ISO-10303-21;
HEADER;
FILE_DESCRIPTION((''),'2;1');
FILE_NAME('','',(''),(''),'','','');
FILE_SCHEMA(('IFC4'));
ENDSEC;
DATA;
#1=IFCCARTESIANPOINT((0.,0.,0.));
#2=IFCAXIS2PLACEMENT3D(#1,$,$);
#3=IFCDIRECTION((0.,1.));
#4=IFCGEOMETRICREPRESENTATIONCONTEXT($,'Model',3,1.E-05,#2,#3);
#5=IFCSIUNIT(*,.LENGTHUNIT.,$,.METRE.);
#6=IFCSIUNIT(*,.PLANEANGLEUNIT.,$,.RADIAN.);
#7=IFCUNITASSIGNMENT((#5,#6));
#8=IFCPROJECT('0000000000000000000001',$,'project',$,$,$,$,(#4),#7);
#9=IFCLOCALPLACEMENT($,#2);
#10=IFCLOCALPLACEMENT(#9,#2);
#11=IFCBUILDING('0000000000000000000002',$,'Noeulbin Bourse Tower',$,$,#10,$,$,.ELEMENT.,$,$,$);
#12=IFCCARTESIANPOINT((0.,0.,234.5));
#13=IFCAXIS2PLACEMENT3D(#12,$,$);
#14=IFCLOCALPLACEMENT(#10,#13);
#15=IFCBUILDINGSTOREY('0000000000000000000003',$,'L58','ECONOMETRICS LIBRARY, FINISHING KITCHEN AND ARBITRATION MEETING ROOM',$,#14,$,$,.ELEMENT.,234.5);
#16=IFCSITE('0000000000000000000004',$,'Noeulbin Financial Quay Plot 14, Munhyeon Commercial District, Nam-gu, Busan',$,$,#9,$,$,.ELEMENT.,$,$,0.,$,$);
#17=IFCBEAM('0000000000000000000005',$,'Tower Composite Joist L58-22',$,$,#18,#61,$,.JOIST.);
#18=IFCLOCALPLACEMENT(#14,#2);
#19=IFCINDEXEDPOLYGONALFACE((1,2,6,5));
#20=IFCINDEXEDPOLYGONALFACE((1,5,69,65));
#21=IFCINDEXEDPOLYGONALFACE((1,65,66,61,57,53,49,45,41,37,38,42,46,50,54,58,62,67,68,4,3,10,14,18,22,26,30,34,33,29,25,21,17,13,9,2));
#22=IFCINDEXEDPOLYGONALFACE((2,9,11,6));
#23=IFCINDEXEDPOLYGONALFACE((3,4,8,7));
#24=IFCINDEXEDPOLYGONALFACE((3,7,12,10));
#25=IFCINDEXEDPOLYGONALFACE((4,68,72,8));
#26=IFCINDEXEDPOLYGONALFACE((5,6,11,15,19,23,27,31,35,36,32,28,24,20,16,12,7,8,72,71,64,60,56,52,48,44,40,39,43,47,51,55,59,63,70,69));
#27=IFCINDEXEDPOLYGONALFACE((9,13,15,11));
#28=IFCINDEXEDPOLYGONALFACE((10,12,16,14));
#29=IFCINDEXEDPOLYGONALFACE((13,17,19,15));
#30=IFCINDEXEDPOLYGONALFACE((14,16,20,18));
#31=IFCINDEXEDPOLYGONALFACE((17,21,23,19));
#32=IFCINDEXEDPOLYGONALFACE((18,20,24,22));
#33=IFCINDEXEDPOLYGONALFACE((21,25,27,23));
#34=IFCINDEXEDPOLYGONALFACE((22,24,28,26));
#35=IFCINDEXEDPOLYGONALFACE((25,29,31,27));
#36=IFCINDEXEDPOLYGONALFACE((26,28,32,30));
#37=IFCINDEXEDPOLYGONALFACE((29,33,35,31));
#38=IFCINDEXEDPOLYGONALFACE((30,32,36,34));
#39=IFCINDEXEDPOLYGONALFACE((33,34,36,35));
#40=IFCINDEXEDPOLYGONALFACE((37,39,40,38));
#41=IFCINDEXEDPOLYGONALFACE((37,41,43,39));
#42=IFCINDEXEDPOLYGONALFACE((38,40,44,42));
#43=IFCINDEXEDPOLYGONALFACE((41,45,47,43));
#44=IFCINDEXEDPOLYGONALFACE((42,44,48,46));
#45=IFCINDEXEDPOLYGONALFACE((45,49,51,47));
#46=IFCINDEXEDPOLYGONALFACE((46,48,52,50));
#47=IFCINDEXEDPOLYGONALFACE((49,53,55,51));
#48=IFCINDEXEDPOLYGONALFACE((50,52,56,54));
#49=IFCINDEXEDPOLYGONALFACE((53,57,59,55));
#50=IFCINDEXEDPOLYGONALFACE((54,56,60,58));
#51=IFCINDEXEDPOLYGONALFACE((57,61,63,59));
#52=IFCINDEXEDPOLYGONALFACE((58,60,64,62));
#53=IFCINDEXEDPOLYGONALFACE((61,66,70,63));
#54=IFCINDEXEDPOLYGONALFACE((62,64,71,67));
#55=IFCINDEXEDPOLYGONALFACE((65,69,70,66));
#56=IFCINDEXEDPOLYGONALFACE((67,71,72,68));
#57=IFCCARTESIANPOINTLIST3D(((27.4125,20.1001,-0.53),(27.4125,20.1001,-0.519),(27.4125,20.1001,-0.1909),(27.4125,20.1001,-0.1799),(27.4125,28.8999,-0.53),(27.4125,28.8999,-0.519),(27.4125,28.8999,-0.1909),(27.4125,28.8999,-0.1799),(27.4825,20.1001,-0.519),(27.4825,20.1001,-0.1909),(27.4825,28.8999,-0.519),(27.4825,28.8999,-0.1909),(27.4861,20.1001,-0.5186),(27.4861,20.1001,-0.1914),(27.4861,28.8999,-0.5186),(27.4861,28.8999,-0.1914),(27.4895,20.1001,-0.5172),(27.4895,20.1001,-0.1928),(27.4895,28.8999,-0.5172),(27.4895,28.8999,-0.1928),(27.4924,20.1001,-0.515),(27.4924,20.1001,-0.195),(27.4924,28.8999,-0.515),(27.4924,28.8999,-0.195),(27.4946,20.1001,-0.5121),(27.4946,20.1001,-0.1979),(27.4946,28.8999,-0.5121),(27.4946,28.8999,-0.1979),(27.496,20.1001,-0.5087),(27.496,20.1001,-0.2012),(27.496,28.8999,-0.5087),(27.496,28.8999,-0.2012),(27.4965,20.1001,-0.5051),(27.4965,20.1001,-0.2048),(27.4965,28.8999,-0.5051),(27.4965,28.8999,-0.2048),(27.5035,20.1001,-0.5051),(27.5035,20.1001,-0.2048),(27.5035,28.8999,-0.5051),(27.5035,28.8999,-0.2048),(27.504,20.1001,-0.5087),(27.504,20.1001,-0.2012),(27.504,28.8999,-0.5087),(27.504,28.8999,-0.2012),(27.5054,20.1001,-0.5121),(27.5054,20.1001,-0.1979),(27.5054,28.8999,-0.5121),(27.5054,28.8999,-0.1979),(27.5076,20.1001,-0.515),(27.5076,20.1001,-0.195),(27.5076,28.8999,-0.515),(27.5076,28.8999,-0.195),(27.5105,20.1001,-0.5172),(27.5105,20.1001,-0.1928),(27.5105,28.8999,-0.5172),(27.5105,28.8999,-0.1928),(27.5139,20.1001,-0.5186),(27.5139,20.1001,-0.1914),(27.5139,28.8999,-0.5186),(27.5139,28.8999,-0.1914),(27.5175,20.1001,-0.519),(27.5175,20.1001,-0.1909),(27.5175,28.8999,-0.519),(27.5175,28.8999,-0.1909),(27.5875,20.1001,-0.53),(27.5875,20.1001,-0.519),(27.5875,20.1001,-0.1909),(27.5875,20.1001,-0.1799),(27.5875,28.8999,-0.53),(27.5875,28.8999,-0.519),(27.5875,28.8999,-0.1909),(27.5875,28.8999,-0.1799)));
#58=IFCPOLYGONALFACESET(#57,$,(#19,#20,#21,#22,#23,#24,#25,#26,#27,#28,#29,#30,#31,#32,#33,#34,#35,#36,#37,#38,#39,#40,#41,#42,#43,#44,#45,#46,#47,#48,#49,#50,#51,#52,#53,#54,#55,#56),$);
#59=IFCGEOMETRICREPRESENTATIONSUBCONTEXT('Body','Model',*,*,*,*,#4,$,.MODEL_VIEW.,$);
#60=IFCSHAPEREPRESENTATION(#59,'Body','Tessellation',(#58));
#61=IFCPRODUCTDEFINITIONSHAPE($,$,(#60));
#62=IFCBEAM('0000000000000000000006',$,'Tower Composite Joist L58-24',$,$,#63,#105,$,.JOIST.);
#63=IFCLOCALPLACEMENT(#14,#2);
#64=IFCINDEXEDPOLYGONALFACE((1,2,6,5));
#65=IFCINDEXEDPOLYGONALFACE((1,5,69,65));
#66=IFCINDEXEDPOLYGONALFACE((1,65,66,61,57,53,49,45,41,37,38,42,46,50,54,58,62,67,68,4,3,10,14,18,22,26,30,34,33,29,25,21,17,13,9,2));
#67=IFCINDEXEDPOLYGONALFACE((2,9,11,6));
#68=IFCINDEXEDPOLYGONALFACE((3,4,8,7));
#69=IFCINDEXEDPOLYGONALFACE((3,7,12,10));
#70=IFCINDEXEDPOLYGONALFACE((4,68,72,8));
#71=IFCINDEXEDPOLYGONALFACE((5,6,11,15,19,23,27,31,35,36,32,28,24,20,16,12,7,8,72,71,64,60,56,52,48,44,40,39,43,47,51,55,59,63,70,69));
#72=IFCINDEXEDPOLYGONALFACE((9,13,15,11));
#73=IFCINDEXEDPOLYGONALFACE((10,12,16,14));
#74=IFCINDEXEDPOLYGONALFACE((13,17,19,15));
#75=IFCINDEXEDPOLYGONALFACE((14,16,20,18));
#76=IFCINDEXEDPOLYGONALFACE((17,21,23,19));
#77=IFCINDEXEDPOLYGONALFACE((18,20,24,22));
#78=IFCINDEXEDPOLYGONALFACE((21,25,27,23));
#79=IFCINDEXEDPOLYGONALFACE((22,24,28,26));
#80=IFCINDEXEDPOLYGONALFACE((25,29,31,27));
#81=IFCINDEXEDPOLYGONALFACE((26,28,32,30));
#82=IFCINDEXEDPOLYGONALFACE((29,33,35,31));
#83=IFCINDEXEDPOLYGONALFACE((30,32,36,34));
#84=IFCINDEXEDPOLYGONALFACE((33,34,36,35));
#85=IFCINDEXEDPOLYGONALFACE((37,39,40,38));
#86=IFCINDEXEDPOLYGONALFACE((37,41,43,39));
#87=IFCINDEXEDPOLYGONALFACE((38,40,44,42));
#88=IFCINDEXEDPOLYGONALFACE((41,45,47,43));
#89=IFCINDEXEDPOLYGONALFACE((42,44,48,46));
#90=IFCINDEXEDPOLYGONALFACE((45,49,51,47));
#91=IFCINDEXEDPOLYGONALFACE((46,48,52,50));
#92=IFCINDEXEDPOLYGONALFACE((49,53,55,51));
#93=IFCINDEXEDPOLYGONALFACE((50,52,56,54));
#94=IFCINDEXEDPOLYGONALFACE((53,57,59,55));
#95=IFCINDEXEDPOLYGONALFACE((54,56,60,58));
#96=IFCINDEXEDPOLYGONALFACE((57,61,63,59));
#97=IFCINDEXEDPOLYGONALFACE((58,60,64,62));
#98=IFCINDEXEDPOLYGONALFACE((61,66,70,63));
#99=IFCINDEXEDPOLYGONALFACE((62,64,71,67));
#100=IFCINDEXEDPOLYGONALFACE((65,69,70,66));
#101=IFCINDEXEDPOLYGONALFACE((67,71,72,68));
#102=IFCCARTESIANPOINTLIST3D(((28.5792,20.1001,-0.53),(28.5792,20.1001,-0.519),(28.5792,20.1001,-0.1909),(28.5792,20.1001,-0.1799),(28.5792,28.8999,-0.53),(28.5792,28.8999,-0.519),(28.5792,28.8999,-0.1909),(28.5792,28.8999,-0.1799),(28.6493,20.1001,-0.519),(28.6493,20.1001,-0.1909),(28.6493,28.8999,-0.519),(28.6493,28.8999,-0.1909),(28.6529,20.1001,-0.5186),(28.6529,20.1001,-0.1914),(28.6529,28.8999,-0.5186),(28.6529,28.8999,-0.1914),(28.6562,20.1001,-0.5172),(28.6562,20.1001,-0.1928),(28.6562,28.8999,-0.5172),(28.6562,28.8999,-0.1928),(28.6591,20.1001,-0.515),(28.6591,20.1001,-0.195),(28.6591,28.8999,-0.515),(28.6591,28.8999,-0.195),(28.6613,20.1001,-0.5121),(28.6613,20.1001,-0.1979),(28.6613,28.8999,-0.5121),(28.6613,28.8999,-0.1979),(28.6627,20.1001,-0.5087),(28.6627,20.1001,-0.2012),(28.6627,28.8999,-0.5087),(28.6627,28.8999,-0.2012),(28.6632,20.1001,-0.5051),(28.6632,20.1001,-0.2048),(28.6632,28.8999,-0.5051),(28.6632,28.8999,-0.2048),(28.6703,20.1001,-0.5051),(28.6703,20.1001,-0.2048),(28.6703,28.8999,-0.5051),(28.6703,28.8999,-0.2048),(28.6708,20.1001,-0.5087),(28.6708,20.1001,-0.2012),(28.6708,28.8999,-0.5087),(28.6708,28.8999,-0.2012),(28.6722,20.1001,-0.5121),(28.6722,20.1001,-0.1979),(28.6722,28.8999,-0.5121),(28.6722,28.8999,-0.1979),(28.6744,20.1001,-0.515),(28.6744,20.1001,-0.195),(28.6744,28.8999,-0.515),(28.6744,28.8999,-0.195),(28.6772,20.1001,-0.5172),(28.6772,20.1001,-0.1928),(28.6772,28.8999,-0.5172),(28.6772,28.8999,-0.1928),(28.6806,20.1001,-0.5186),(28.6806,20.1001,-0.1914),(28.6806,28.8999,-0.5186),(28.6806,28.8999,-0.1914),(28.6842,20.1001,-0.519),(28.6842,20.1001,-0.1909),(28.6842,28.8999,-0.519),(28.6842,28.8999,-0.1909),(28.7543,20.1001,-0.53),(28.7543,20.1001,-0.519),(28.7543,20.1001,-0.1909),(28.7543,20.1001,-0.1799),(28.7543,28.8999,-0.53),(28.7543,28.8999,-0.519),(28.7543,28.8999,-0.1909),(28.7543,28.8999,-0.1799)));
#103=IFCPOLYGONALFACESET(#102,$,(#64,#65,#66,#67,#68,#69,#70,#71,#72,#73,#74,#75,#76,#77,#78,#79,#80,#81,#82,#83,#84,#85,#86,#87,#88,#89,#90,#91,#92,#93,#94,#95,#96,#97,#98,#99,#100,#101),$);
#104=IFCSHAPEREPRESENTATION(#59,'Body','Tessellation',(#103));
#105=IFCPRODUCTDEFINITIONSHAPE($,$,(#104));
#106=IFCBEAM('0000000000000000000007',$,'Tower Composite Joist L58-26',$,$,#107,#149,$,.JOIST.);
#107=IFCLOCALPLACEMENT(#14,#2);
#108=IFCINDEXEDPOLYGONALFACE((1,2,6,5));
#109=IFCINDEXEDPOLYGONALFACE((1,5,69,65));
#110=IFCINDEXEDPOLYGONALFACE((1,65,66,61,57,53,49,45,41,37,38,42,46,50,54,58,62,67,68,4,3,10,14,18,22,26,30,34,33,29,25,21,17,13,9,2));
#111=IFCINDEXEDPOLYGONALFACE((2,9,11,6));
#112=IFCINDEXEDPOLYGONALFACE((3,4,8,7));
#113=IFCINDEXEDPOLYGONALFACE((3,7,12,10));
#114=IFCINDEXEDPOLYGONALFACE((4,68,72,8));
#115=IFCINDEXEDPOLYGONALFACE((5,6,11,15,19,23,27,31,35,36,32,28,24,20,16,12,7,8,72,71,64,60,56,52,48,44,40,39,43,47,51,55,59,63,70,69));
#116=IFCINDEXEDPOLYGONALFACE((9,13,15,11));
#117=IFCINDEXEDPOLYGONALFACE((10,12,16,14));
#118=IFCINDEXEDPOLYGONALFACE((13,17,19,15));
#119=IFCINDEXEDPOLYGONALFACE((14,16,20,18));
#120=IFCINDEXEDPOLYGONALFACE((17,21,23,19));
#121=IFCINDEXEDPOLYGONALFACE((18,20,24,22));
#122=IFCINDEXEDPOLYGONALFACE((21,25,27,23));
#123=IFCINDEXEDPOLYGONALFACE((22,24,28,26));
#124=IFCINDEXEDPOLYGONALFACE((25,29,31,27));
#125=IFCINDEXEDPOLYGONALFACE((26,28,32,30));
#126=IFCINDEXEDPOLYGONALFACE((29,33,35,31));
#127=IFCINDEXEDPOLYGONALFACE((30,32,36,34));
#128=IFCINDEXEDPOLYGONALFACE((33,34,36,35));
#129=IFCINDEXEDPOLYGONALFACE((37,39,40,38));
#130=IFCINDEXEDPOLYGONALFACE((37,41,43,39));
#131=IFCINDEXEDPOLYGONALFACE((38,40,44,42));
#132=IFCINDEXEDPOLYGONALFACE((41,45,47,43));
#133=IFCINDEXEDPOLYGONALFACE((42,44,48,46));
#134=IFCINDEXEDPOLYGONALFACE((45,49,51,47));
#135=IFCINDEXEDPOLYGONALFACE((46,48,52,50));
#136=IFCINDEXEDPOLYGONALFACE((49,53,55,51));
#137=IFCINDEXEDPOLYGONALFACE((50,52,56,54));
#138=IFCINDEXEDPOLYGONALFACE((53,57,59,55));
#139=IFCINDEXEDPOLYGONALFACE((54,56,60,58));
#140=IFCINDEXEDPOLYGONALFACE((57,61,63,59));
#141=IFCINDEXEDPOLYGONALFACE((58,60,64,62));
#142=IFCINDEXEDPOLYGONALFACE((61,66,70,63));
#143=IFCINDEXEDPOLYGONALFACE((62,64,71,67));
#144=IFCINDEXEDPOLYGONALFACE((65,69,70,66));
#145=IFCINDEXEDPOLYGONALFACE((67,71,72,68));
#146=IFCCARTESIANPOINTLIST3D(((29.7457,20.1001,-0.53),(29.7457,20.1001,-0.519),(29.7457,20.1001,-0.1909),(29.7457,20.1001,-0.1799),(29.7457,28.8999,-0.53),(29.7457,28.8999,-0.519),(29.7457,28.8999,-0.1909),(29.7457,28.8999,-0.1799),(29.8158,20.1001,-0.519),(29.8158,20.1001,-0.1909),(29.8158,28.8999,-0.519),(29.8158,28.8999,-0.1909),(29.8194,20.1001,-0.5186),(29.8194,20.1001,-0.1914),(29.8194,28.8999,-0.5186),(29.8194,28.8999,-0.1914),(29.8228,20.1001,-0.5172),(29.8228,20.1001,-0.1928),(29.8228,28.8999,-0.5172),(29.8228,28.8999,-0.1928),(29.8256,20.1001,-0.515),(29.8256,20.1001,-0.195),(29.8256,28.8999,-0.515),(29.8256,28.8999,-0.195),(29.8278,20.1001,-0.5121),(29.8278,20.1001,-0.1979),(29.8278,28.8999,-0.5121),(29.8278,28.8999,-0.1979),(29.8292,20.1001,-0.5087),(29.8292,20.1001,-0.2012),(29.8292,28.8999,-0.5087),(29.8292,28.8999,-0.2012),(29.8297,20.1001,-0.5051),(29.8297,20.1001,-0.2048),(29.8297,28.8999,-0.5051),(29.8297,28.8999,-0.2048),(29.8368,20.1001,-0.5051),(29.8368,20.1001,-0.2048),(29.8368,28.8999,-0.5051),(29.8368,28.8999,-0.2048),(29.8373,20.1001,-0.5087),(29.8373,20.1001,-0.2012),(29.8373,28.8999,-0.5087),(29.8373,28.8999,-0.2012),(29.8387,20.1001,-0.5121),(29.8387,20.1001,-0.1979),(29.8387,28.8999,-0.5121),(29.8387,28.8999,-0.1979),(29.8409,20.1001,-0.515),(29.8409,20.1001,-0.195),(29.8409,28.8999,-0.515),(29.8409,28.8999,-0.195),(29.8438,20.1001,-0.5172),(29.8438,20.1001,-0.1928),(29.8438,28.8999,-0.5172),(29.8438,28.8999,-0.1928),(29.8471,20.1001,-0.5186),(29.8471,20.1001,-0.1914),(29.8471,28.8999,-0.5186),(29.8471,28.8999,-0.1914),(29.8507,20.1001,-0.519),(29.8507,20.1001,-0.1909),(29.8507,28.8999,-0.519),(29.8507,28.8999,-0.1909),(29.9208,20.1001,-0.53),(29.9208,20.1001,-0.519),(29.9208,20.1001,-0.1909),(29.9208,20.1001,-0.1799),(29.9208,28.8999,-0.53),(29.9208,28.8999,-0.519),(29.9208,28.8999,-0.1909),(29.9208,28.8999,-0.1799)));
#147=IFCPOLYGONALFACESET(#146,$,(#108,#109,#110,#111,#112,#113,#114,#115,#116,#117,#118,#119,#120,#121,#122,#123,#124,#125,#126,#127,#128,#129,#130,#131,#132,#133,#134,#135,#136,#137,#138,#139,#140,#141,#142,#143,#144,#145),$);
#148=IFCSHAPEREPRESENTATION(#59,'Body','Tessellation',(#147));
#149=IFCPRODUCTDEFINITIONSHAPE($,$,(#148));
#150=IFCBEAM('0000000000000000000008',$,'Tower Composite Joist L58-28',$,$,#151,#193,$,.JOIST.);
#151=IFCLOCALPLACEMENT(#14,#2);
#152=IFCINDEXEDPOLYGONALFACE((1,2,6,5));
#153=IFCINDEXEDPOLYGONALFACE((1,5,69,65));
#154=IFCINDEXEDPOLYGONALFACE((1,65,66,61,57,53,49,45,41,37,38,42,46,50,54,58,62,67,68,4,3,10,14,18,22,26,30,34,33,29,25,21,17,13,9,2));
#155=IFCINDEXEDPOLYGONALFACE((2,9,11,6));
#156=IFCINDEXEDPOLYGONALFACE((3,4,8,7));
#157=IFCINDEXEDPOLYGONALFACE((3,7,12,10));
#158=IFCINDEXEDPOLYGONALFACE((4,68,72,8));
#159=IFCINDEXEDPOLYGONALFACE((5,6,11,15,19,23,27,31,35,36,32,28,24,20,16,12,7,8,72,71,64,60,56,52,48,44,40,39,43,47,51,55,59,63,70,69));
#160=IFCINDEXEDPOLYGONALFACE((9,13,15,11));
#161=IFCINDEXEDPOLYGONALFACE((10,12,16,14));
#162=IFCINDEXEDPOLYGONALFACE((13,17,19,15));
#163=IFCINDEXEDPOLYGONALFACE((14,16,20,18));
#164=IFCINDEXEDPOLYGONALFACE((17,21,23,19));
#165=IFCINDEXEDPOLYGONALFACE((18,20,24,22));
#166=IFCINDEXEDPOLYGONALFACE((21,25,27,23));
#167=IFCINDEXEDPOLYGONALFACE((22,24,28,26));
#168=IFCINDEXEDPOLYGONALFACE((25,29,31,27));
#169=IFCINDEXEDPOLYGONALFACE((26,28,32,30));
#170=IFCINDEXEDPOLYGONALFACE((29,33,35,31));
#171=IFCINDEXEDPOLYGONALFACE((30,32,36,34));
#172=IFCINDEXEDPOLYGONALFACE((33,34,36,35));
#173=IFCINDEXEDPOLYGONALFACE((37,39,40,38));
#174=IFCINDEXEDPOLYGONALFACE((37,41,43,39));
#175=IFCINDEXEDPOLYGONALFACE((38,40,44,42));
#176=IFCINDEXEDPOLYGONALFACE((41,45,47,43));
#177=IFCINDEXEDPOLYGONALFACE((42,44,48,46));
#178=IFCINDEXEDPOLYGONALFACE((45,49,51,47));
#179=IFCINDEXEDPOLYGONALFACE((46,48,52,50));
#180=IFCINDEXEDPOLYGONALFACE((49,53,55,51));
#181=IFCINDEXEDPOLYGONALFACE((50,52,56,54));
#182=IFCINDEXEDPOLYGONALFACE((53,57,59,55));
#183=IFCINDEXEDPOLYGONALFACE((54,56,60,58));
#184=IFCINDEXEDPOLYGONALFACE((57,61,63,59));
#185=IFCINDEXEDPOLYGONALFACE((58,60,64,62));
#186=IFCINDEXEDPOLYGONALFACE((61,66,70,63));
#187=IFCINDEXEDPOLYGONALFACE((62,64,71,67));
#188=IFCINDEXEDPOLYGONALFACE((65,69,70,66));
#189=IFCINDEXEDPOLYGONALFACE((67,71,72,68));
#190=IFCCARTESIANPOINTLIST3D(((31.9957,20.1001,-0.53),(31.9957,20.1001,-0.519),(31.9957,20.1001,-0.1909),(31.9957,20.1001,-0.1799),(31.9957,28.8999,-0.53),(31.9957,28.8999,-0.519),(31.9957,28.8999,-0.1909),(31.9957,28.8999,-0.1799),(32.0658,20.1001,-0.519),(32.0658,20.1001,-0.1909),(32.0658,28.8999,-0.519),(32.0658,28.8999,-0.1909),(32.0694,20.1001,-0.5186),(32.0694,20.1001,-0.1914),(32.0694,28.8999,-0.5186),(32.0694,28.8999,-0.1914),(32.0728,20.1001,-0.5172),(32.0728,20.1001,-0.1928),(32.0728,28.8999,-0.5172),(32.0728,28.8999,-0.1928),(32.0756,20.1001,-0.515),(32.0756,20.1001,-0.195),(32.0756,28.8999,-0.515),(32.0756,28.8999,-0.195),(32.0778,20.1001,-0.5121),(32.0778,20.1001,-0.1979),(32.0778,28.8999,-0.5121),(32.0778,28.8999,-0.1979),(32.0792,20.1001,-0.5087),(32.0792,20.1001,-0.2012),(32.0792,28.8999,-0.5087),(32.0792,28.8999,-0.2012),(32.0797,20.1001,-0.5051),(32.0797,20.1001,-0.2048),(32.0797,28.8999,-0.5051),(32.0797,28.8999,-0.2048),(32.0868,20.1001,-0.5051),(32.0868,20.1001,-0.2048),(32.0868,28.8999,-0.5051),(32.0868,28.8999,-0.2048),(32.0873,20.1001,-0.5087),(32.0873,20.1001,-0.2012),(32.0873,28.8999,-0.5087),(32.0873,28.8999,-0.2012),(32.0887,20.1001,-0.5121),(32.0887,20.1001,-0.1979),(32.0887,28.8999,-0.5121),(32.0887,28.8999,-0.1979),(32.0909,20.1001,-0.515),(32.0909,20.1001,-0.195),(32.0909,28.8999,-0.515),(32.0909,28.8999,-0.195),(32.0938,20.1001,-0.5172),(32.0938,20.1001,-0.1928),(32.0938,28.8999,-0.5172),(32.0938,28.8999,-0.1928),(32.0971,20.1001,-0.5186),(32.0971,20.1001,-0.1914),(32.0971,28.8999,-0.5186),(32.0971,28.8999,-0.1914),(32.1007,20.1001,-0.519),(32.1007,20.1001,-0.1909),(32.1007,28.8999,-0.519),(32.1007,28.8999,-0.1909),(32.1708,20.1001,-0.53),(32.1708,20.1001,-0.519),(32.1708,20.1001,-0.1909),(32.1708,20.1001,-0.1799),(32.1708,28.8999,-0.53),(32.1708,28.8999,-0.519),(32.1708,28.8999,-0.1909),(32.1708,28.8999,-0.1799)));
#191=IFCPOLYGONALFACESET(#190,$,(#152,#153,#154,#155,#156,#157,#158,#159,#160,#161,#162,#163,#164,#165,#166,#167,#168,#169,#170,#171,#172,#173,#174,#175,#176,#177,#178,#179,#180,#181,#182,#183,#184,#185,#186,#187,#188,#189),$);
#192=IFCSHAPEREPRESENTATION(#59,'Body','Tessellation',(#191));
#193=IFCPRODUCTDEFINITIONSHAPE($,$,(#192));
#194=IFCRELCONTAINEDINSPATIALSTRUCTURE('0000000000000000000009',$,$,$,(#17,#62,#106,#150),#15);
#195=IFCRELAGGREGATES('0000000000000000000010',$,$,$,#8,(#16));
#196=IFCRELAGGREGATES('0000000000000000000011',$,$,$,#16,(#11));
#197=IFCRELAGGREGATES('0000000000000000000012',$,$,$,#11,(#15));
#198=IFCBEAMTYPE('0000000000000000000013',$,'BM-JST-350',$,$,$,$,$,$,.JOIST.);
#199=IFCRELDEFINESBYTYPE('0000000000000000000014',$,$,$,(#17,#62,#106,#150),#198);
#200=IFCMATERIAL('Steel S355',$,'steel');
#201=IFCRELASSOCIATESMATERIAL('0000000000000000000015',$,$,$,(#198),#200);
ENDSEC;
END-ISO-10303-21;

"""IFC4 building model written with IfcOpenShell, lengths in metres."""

from ifc_helpers import new_model, si_unit, direction, frame, origin, origin_2d, place, context, subcontext, project, spatial, i_section, extrude, material, material_profile, profile_set, type_object, element, save


model = new_model("IFC4")

# Units and contexts
model_context = context("Model", 3, precision=1e-05, world=origin(), true_north=direction((0.0, 1.0)))
body_context = subcontext(model_context, "Body", "Model", "MODEL_VIEW")
ifc_project = project(units=[si_unit("LENGTHUNIT", "METRE"), si_unit("PLANEANGLEUNIT", "RADIAN")], contexts=[model_context])

# Site, building, storey
site_placement = place(None, origin())
site = spatial("IfcSite", under=ifc_project, at=site_placement, Name="Noeulbin Financial Quay Plot 14, Munhyeon Commercial District, Nam-gu, Busan", CompositionType="ELEMENT", RefElevation=0.0)
building_placement = place(site_placement, origin())
building = spatial("IfcBuilding", under=site, at=building_placement, Name="Noeulbin Bourse Tower", CompositionType="ELEMENT")
storey_placement = place(building_placement, frame((0.0, 0.0, 234.5)))
storey = spatial("IfcBuildingStorey", under=building, at=storey_placement, Name="L58", Description="ECONOMETRICS LIBRARY, FINISHING KITCHEN AND ARBITRATION MEETING ROOM", CompositionType="ELEMENT", Elevation=234.5)

# Shared definitions
ifc_material_1 = material(Name="Steel S355", Category="steel")

# Beams
ifc_material_profile_1 = material_profile(ifc_material_1, i_section(OverallWidth=0.175, OverallDepth=0.3501, WebThickness=0.0071, FlangeThickness=0.011, FilletRadius=0.0139, at=origin_2d()), Name="H-350x175x7x11", Category="LoadBearing")
ifc_profile_set_1 = profile_set([ifc_material_profile_1], Name="Steel S355")
beam_type = type_object("IfcBeamType", Name="BM-JST-350", PredefinedType="JOIST", material=ifc_profile_set_1)
for number, where, z_axis, x_axis, name in (
    (1, (27.5, 20.1001, -0.355), (0.0, 1.0, 0.0), (-1.0, 0.0, 0.0), "Tower Composite Joist L58-22"),
    (2, (28.6667, 20.1001, -0.355), (0.0, 1.0, 0.0), (-1.0, 0.0, 0.0), "Tower Composite Joist L58-24"),
    (3, (29.8333, 20.1001, -0.355), (0.0, 1.0, 0.0), (-1.0, 0.0, 0.0), "Tower Composite Joist L58-26"),
    (4, (32.0833, 20.1001, -0.355), (0.0, 1.0, 0.0), (-1.0, 0.0, 0.0), "Tower Composite Joist L58-28"),
):
    element("IfcBeam", number, at=place(storey_placement, frame(where, z_axis=z_axis, x_axis=x_axis)), inside=storey, type_object=beam_type, Name=name, PredefinedType="JOIST", context=body_context, shape_type="SweptSolid", body=[
        extrude(i_section(OverallWidth=0.175, OverallDepth=0.3501, WebThickness=0.0071, FlangeThickness=0.011, FilletRadius=0.0139, at=origin_2d()), origin(), (0.0, 0.0, 1.0), 8.7998),
    ])

save(model, "model.ifc")
